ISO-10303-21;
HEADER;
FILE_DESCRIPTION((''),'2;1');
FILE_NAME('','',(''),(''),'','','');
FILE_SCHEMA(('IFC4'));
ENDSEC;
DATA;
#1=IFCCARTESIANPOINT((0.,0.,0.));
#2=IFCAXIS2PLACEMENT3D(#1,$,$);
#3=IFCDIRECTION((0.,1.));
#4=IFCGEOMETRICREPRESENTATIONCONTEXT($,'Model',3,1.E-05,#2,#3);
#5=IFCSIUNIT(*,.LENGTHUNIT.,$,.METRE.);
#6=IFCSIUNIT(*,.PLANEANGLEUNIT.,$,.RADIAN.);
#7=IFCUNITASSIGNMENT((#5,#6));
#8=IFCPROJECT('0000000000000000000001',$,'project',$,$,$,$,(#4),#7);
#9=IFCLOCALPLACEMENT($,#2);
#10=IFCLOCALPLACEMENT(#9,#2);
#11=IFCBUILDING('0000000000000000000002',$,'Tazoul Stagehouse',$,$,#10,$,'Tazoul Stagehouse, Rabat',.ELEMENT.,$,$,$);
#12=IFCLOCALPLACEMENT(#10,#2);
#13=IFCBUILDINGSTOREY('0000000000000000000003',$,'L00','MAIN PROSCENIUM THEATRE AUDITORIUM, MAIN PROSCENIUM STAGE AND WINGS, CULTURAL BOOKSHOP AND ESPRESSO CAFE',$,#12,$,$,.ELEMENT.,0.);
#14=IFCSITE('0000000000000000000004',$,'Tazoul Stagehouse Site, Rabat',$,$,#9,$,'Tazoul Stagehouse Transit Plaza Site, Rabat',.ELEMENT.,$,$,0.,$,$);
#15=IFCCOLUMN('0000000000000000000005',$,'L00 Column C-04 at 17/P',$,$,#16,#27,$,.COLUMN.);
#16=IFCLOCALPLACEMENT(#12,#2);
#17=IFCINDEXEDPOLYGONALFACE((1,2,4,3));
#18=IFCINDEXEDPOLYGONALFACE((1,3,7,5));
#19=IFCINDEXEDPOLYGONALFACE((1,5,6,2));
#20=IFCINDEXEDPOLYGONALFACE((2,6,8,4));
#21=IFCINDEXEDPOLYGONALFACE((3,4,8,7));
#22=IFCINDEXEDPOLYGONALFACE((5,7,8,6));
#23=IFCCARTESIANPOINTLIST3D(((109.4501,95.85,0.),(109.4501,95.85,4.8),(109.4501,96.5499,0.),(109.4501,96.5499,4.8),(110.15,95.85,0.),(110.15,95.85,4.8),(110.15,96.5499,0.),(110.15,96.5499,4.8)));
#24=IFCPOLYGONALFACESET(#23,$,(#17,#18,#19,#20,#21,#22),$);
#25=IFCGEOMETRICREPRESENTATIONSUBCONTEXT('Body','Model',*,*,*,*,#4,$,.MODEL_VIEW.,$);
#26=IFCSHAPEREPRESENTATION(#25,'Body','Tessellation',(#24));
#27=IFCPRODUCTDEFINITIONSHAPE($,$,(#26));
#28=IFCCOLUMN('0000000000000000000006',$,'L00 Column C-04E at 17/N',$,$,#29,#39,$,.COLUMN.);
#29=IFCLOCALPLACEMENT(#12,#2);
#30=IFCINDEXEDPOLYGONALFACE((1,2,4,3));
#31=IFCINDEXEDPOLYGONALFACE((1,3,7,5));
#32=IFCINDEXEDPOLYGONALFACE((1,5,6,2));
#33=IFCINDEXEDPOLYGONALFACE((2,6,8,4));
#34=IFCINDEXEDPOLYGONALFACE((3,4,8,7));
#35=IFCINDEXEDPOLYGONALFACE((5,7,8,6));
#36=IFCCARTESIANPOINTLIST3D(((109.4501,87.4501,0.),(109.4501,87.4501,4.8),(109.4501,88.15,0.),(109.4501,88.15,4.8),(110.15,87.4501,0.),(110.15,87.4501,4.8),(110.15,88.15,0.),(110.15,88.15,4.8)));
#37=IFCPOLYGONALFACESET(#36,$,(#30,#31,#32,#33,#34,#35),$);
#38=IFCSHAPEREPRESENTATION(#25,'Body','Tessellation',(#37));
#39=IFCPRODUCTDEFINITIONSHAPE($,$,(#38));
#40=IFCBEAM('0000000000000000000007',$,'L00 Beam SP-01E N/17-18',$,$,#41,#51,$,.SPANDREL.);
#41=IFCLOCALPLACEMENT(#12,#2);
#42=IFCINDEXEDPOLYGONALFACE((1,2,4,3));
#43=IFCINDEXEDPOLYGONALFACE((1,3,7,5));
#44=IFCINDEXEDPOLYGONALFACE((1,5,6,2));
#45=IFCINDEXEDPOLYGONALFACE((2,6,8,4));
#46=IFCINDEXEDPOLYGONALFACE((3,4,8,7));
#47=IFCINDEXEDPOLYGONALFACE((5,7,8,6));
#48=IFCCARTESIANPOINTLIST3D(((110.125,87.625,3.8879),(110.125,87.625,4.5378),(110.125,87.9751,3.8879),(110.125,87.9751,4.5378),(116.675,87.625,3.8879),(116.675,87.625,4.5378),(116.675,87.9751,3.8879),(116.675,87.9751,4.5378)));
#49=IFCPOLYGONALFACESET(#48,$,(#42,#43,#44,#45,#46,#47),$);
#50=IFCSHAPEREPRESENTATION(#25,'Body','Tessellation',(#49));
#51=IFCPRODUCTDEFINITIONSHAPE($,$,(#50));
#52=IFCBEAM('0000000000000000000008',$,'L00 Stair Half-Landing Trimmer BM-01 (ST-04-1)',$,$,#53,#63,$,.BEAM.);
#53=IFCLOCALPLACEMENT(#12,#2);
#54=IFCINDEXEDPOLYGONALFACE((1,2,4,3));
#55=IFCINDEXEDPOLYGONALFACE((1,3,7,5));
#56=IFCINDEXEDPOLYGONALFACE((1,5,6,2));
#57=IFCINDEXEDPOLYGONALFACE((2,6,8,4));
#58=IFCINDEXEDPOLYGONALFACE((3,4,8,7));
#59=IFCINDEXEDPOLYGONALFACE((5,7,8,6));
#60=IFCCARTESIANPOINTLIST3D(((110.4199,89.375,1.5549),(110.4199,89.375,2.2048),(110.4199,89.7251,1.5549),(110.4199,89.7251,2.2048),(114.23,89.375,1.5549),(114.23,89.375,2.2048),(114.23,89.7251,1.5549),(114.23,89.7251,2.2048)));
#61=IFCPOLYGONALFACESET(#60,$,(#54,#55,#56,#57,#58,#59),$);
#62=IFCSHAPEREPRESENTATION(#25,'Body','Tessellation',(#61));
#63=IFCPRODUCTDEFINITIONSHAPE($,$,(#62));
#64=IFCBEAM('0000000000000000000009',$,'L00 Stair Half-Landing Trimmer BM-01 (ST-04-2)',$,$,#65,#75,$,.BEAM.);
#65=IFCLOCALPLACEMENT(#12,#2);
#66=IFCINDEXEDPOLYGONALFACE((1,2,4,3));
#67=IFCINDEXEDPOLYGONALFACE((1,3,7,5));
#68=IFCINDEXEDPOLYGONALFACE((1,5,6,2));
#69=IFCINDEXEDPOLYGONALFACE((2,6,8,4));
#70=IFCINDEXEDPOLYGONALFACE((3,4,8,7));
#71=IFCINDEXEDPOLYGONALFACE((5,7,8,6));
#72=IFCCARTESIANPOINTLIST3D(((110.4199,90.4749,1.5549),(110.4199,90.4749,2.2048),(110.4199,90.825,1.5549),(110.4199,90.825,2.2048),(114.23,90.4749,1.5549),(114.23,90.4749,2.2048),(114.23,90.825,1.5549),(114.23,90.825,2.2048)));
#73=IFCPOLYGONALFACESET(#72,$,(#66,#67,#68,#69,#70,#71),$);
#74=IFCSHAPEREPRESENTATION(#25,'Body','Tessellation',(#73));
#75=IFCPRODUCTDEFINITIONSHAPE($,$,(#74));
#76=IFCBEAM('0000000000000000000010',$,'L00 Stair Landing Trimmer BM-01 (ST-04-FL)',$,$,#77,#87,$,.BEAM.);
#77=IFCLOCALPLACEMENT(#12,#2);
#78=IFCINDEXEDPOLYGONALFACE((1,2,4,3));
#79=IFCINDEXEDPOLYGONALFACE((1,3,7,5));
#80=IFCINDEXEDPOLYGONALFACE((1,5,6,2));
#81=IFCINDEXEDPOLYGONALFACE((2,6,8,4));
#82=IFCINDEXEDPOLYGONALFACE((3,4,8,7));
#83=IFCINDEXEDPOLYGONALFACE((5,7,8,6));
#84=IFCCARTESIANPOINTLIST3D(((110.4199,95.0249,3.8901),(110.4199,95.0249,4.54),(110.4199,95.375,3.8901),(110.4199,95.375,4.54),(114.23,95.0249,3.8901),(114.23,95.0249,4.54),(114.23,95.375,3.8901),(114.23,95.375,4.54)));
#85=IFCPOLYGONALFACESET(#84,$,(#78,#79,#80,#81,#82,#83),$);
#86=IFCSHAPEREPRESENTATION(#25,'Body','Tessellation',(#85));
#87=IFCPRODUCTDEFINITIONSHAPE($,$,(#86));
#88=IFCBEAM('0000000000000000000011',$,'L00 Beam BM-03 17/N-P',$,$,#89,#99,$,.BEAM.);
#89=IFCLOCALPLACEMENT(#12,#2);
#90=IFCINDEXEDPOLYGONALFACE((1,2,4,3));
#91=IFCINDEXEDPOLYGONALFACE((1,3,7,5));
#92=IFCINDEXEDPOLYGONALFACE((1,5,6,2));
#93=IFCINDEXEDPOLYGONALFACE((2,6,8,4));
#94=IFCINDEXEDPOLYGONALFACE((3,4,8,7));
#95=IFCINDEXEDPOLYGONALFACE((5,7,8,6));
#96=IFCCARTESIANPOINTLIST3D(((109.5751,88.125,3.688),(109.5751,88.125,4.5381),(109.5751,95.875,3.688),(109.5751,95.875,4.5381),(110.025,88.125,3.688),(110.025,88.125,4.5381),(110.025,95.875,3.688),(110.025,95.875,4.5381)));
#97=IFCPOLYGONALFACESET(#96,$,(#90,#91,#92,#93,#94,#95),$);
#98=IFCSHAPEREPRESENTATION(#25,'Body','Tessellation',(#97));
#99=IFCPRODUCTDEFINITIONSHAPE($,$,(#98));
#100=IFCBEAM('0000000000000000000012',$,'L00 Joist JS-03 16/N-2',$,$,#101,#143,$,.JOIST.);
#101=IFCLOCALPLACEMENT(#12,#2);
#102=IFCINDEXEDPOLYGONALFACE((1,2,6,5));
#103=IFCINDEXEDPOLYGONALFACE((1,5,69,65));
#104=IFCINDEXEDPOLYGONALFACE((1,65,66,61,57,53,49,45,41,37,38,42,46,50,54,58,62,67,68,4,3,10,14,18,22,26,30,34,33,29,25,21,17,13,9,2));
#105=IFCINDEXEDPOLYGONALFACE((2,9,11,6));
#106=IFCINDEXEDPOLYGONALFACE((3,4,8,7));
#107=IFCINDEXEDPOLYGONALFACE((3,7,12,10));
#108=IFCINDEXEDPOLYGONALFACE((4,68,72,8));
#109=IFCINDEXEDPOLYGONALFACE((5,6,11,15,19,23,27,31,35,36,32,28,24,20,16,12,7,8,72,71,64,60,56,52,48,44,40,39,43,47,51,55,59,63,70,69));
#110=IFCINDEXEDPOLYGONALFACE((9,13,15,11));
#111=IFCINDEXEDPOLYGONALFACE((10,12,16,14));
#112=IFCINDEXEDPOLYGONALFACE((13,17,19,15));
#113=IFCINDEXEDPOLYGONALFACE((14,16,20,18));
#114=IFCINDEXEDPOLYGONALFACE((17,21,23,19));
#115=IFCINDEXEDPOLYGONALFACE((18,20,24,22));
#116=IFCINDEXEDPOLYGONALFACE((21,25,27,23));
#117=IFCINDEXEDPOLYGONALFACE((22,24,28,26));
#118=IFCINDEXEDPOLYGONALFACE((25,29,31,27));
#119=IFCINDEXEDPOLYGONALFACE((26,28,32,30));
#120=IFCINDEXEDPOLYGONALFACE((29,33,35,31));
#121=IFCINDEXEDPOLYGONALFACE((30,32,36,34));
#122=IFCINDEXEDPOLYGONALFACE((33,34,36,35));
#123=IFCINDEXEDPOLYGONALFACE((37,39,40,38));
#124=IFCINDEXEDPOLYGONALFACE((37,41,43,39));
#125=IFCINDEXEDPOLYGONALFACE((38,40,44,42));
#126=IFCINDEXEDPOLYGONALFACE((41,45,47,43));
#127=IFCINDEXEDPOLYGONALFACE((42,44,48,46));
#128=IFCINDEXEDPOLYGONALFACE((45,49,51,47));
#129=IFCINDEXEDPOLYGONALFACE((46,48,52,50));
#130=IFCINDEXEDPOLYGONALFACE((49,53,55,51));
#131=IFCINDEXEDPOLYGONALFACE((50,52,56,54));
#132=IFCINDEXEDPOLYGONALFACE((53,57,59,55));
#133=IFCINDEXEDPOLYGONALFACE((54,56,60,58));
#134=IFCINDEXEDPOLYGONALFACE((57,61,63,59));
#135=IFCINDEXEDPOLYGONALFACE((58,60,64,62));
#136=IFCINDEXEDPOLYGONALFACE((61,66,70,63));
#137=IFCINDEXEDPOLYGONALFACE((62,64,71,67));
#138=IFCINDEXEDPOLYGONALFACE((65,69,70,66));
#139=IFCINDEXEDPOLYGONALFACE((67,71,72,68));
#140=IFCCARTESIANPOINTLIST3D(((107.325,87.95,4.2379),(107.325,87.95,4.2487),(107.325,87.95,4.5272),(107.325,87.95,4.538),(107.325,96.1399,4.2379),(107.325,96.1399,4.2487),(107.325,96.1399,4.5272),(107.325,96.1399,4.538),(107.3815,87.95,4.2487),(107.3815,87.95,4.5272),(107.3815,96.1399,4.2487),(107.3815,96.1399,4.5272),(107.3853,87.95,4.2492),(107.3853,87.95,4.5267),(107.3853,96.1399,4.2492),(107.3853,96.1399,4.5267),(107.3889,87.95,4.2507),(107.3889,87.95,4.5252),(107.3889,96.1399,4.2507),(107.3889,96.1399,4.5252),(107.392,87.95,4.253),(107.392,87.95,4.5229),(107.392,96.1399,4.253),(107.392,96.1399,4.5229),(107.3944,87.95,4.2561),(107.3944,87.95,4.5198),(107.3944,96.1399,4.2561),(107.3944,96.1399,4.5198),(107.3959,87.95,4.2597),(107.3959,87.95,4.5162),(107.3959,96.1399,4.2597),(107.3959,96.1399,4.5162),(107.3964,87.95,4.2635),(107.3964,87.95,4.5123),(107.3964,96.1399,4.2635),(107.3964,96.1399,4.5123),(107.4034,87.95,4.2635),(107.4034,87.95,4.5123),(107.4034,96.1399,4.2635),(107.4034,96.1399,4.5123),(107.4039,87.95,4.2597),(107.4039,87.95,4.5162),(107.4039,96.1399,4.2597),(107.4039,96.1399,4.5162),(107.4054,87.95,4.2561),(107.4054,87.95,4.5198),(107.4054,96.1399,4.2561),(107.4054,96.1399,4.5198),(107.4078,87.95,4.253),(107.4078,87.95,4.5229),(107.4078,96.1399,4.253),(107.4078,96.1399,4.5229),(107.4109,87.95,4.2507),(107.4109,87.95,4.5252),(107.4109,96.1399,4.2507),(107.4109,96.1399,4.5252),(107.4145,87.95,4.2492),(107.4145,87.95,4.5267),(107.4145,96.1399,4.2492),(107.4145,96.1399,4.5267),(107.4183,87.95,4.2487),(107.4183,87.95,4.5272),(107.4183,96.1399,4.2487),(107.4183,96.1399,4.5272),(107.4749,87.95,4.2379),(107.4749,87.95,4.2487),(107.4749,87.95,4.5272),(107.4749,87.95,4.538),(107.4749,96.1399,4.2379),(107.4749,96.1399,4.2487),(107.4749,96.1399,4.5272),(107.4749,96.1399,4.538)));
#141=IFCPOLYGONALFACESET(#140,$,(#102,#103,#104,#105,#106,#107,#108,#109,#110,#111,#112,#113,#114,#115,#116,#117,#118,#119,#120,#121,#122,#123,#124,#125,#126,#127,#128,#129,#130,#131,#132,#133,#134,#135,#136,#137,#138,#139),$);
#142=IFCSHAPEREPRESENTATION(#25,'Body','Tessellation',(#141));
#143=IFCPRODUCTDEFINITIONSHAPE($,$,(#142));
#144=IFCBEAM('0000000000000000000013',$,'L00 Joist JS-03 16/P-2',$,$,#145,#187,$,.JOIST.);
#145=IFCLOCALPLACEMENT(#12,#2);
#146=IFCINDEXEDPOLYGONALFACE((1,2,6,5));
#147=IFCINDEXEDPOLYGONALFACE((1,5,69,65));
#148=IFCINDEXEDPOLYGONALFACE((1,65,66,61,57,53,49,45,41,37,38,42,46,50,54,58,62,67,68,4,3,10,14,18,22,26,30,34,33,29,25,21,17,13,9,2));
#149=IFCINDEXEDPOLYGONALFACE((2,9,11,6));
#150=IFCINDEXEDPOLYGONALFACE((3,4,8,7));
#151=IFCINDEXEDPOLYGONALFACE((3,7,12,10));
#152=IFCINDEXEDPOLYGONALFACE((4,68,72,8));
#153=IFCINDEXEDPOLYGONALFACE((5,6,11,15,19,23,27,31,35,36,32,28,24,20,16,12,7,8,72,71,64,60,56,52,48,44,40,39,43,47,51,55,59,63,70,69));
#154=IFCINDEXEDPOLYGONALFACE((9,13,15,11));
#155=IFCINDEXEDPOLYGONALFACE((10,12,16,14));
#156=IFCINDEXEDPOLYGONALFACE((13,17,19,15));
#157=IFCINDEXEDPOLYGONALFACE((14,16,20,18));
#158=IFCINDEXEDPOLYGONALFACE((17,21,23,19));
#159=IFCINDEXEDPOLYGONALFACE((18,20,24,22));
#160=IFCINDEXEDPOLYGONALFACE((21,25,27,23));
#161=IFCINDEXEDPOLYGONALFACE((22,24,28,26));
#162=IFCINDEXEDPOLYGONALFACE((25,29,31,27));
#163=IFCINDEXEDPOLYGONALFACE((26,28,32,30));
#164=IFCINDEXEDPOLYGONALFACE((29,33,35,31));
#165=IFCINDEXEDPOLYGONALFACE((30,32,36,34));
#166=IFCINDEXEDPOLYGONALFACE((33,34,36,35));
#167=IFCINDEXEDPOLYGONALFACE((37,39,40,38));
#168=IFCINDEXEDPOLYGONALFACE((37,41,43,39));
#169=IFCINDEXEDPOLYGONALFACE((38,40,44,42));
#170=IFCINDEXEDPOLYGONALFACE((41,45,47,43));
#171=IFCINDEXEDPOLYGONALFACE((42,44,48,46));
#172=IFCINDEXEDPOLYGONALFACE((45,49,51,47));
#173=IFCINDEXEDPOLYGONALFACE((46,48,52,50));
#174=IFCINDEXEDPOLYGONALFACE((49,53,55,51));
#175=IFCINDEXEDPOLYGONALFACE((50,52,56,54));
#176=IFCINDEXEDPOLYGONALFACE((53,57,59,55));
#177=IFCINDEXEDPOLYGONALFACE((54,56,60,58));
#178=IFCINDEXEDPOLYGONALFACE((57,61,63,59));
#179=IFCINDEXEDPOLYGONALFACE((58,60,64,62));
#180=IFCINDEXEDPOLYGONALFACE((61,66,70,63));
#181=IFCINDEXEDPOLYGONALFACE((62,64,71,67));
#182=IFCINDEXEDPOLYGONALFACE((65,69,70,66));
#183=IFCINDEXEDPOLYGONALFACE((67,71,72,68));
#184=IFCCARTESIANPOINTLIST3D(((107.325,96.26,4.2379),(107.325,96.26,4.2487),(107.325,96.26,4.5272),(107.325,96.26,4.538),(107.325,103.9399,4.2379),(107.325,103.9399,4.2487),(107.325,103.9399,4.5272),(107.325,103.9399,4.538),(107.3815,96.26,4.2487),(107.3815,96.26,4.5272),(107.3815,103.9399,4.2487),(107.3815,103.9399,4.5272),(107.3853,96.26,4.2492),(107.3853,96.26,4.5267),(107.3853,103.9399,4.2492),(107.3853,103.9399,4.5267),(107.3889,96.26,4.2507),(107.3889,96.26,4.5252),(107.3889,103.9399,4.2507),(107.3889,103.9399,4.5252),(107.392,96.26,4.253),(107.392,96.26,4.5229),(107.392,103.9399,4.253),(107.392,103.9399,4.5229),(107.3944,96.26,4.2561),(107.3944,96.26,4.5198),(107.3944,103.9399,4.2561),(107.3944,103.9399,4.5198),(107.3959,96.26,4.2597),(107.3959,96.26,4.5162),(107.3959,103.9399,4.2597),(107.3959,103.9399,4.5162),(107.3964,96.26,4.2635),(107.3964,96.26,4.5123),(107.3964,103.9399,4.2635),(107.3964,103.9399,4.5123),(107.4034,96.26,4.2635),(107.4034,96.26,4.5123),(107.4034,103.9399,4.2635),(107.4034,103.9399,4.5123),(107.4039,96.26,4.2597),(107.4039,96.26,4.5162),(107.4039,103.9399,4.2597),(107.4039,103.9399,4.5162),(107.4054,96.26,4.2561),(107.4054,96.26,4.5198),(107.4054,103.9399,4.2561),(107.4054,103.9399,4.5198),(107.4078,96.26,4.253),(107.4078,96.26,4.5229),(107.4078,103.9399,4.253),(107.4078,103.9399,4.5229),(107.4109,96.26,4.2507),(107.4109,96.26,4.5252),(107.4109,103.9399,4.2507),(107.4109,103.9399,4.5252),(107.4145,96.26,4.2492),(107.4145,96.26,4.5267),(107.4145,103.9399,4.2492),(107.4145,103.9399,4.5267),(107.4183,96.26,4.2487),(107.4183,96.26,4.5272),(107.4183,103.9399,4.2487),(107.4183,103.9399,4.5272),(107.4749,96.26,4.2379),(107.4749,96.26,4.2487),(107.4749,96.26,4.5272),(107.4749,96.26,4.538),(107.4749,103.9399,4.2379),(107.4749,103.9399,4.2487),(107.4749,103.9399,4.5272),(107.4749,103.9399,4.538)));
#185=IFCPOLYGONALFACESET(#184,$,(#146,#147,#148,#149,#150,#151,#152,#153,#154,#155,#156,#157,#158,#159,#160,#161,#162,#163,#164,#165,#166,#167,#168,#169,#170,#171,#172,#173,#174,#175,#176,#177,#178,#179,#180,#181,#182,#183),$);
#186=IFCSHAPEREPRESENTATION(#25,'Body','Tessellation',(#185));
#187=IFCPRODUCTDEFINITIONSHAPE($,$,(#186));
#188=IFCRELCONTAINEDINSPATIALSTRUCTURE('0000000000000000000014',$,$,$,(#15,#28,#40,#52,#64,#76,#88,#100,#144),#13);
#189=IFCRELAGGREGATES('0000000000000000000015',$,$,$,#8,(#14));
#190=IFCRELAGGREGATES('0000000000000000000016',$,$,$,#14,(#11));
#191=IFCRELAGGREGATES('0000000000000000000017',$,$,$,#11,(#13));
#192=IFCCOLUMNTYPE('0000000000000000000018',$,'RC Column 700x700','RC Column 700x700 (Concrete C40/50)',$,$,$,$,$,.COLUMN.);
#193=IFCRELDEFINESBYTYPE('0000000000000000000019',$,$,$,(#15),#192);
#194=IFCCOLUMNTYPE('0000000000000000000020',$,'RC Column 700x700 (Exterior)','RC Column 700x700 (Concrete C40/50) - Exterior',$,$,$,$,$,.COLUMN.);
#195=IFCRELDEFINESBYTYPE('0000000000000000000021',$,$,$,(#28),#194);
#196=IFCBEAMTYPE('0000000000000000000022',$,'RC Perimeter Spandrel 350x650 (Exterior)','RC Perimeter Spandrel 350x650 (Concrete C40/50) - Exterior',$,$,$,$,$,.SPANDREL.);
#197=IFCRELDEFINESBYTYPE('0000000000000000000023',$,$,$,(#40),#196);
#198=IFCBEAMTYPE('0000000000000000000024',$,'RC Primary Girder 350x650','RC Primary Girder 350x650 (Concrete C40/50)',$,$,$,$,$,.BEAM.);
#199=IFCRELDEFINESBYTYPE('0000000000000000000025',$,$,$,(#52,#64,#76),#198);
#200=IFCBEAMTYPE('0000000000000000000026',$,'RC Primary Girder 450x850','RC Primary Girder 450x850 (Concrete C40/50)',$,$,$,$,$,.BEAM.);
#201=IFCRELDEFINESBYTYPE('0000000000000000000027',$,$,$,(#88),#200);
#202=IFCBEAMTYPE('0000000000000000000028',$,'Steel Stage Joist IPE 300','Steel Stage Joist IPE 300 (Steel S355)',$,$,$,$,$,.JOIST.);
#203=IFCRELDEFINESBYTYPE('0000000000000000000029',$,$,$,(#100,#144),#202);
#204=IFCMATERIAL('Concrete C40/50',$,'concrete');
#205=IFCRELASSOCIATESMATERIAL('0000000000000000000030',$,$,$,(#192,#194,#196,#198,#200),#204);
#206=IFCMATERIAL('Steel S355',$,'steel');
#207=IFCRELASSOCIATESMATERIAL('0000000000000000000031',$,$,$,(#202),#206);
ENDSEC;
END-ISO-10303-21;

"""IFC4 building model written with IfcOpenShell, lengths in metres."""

from ifc_helpers import new_model, si_unit, direction, frame, origin, origin_2d, place, context, subcontext, project, spatial, rectangle, i_section, extrude, material, material_profile, profile_set, type_object, element, save


model = new_model("IFC4")

# Units and contexts
model_context = context("Model", 3, precision=1e-05, world=origin(), true_north=direction((0.0, 1.0)))
body_context = subcontext(model_context, "Body", "Model", "MODEL_VIEW")
ifc_project = project(units=[si_unit("LENGTHUNIT", "METRE"), si_unit("PLANEANGLEUNIT", "RADIAN")], contexts=[model_context])

# Site, building, storey
site_placement = place(None, origin())
site = spatial("IfcSite", under=ifc_project, at=site_placement, Name="Tazoul Stagehouse Site, Rabat", LongName="Tazoul Stagehouse Transit Plaza Site, Rabat", CompositionType="ELEMENT", RefElevation=0.0)
building_placement = place(site_placement, origin())
building = spatial("IfcBuilding", under=site, at=building_placement, Name="Tazoul Stagehouse", LongName="Tazoul Stagehouse, Rabat", CompositionType="ELEMENT")
storey_placement = place(building_placement, origin())
storey = spatial("IfcBuildingStorey", under=building, at=storey_placement, Name="L00", Description="MAIN PROSCENIUM THEATRE AUDITORIUM, MAIN PROSCENIUM STAGE AND WINGS, CULTURAL BOOKSHOP AND ESPRESSO CAFE", CompositionType="ELEMENT", Elevation=0.0)

# Columns
ifc_material_1 = material(Name="Concrete C40/50", Category="concrete")
ifc_material_profile_1 = material_profile(ifc_material_1, rectangle(XDim=0.7, YDim=0.7, at=origin_2d()), Name="RC 700x700")
ifc_profile_set_1 = profile_set([ifc_material_profile_1], Name="Concrete C40/50")
column_type_1 = type_object("IfcColumnType", Name="RC Column 700x700", Description="RC Column 700x700 (Concrete C40/50)", PredefinedType="COLUMN", material=ifc_profile_set_1)
column_1_placement = place(storey_placement, frame((109.8, 96.2, 0.0), z_axis=(0.0, 0.0, 1.0), x_axis=(1.0, 0.0, 0.0)))
element("IfcColumn", 1, at=column_1_placement, inside=storey, type_object=column_type_1, Name="L00 Column C-04 at 17/P", PredefinedType="COLUMN", context=body_context, shape_type="SweptSolid", body=[
    extrude(rectangle(XDim=0.7, YDim=0.7, at=origin_2d()), origin(), (0.0, 0.0, 1.0), 4.8),
])
ifc_material_profile_2 = material_profile(ifc_material_1, rectangle(XDim=0.7, YDim=0.7, at=origin_2d()), Name="RC 700x700")
ifc_profile_set_2 = profile_set([ifc_material_profile_2], Name="Concrete C40/50")
column_type_2 = type_object("IfcColumnType", Name="RC Column 700x700 (Exterior)", Description="RC Column 700x700 (Concrete C40/50) - Exterior", PredefinedType="COLUMN", material=ifc_profile_set_2)
column_2_placement = place(storey_placement, frame((109.8, 87.8, 0.0), z_axis=(0.0, 0.0, 1.0), x_axis=(1.0, 0.0, 0.0)))
element("IfcColumn", 2, at=column_2_placement, inside=storey, type_object=column_type_2, Name="L00 Column C-04E at 17/N", PredefinedType="COLUMN", context=body_context, shape_type="SweptSolid", body=[
    extrude(rectangle(XDim=0.7, YDim=0.7, at=origin_2d()), origin(), (0.0, 0.0, 1.0), 4.8),
])

# Beams
ifc_material_profile_3 = material_profile(ifc_material_1, rectangle(XDim=0.3501, YDim=0.6499, at=origin_2d()), Name="RC 350x650")
ifc_profile_set_3 = profile_set([ifc_material_profile_3], Name="Concrete C40/50")
beam_type_1 = type_object("IfcBeamType", Name="RC Perimeter Spandrel 350x650 (Exterior)", Description="RC Perimeter Spandrel 350x650 (Concrete C40/50) - Exterior", PredefinedType="SPANDREL", material=ifc_profile_set_3)
beam_1_placement = place(storey_placement, frame((110.125, 87.8, 4.2129), z_axis=(1.0, 0.0, 0.0), x_axis=(0.0, 1.0, 0.0)))
element("IfcBeam", 3, at=beam_1_placement, inside=storey, type_object=beam_type_1, Name="L00 Beam SP-01E N/17-18", PredefinedType="SPANDREL", context=body_context, shape_type="SweptSolid", body=[
    extrude(rectangle(XDim=0.3501, YDim=0.6499, at=origin_2d()), origin(), (0.0, 0.0, 1.0), 6.55),
])
ifc_material_profile_4 = material_profile(ifc_material_1, rectangle(XDim=0.3501, YDim=0.6499, at=origin_2d()), Name="RC 350x650")
ifc_profile_set_4 = profile_set([ifc_material_profile_4], Name="Concrete C40/50")
beam_type_2 = type_object("IfcBeamType", Name="RC Primary Girder 350x650", Description="RC Primary Girder 350x650 (Concrete C40/50)", PredefinedType="BEAM", material=ifc_profile_set_4)
for number, where, z_axis, x_axis, name in (
    (4, (110.4199, 89.55, 1.8799), (1.0, 0.0, 0.0), (0.0, 1.0, 0.0), "L00 Stair Half-Landing Trimmer BM-01 (ST-04-1)"),
    (5, (110.4199, 90.6499, 1.8799), (1.0, 0.0, 0.0), (0.0, 1.0, 0.0), "L00 Stair Half-Landing Trimmer BM-01 (ST-04-2)"),
    (6, (110.4199, 95.2, 4.2151), (1.0, 0.0, 0.0), (0.0, 1.0, 0.0), "L00 Stair Landing Trimmer BM-01 (ST-04-FL)"),
):
    element("IfcBeam", number, at=place(storey_placement, frame(where, z_axis=z_axis, x_axis=x_axis)), inside=storey, type_object=beam_type_2, Name=name, PredefinedType="BEAM", context=body_context, shape_type="SweptSolid", body=[
        extrude(rectangle(XDim=0.3501, YDim=0.6499, at=origin_2d()), origin(), (0.0, 0.0, 1.0), 3.8101),
    ])
ifc_material_profile_5 = material_profile(ifc_material_1, rectangle(XDim=0.45, YDim=0.8501, at=origin_2d()), Name="RC 450x850")
ifc_profile_set_5 = profile_set([ifc_material_profile_5], Name="Concrete C40/50")
beam_type_3 = type_object("IfcBeamType", Name="RC Primary Girder 450x850", Description="RC Primary Girder 450x850 (Concrete C40/50)", PredefinedType="BEAM", material=ifc_profile_set_5)
beam_2_placement = place(storey_placement, frame((109.8, 88.125, 4.113), z_axis=(0.0, 1.0, 0.0), x_axis=(-1.0, 0.0, 0.0)))
element("IfcBeam", 7, at=beam_2_placement, inside=storey, type_object=beam_type_3, Name="L00 Beam BM-03 17/N-P", PredefinedType="BEAM", context=body_context, shape_type="SweptSolid", body=[
    extrude(rectangle(XDim=0.45, YDim=0.8501, at=origin_2d()), origin(), (0.0, 0.0, 1.0), 7.75),
])
ifc_material_2 = material(Name="Steel S355", Category="steel")
ifc_material_profile_6 = material_profile(ifc_material_2, i_section(OverallWidth=0.1499, OverallDepth=0.3, WebThickness=0.0071, FlangeThickness=0.0107, FilletRadius=0.0149, at=origin_2d()), Name="IPE 300")
ifc_profile_set_6 = profile_set([ifc_material_profile_6], Name="Steel S355")
beam_type_4 = type_object("IfcBeamType", Name="Steel Stage Joist IPE 300", Description="Steel Stage Joist IPE 300 (Steel S355)", PredefinedType="JOIST", material=ifc_profile_set_6)
beam_3_placement = place(storey_placement, frame((107.3999, 87.95, 4.3879), z_axis=(0.0, 1.0, 0.0), x_axis=(-1.0, 0.0, 0.0)))
element("IfcBeam", 8, at=beam_3_placement, inside=storey, type_object=beam_type_4, Name="L00 Joist JS-03 16/N-2", PredefinedType="JOIST", context=body_context, shape_type="SweptSolid", body=[
    extrude(i_section(OverallWidth=0.1499, OverallDepth=0.3, WebThickness=0.0071, FlangeThickness=0.0107, FilletRadius=0.0149, at=origin_2d()), origin(), (0.0, 0.0, 1.0), 8.1899),
])
beam_4_placement = place(storey_placement, frame((107.3999, 96.26, 4.3879), z_axis=(0.0, 1.0, 0.0), x_axis=(-1.0, 0.0, 0.0)))
element("IfcBeam", 9, at=beam_4_placement, inside=storey, type_object=beam_type_4, Name="L00 Joist JS-03 16/P-2", PredefinedType="JOIST", context=body_context, shape_type="SweptSolid", body=[
    extrude(i_section(OverallWidth=0.1499, OverallDepth=0.3, WebThickness=0.0071, FlangeThickness=0.0107, FilletRadius=0.0149, at=origin_2d()), origin(), (0.0, 0.0, 1.0), 7.6799),
])

save(model, "model.ifc")
